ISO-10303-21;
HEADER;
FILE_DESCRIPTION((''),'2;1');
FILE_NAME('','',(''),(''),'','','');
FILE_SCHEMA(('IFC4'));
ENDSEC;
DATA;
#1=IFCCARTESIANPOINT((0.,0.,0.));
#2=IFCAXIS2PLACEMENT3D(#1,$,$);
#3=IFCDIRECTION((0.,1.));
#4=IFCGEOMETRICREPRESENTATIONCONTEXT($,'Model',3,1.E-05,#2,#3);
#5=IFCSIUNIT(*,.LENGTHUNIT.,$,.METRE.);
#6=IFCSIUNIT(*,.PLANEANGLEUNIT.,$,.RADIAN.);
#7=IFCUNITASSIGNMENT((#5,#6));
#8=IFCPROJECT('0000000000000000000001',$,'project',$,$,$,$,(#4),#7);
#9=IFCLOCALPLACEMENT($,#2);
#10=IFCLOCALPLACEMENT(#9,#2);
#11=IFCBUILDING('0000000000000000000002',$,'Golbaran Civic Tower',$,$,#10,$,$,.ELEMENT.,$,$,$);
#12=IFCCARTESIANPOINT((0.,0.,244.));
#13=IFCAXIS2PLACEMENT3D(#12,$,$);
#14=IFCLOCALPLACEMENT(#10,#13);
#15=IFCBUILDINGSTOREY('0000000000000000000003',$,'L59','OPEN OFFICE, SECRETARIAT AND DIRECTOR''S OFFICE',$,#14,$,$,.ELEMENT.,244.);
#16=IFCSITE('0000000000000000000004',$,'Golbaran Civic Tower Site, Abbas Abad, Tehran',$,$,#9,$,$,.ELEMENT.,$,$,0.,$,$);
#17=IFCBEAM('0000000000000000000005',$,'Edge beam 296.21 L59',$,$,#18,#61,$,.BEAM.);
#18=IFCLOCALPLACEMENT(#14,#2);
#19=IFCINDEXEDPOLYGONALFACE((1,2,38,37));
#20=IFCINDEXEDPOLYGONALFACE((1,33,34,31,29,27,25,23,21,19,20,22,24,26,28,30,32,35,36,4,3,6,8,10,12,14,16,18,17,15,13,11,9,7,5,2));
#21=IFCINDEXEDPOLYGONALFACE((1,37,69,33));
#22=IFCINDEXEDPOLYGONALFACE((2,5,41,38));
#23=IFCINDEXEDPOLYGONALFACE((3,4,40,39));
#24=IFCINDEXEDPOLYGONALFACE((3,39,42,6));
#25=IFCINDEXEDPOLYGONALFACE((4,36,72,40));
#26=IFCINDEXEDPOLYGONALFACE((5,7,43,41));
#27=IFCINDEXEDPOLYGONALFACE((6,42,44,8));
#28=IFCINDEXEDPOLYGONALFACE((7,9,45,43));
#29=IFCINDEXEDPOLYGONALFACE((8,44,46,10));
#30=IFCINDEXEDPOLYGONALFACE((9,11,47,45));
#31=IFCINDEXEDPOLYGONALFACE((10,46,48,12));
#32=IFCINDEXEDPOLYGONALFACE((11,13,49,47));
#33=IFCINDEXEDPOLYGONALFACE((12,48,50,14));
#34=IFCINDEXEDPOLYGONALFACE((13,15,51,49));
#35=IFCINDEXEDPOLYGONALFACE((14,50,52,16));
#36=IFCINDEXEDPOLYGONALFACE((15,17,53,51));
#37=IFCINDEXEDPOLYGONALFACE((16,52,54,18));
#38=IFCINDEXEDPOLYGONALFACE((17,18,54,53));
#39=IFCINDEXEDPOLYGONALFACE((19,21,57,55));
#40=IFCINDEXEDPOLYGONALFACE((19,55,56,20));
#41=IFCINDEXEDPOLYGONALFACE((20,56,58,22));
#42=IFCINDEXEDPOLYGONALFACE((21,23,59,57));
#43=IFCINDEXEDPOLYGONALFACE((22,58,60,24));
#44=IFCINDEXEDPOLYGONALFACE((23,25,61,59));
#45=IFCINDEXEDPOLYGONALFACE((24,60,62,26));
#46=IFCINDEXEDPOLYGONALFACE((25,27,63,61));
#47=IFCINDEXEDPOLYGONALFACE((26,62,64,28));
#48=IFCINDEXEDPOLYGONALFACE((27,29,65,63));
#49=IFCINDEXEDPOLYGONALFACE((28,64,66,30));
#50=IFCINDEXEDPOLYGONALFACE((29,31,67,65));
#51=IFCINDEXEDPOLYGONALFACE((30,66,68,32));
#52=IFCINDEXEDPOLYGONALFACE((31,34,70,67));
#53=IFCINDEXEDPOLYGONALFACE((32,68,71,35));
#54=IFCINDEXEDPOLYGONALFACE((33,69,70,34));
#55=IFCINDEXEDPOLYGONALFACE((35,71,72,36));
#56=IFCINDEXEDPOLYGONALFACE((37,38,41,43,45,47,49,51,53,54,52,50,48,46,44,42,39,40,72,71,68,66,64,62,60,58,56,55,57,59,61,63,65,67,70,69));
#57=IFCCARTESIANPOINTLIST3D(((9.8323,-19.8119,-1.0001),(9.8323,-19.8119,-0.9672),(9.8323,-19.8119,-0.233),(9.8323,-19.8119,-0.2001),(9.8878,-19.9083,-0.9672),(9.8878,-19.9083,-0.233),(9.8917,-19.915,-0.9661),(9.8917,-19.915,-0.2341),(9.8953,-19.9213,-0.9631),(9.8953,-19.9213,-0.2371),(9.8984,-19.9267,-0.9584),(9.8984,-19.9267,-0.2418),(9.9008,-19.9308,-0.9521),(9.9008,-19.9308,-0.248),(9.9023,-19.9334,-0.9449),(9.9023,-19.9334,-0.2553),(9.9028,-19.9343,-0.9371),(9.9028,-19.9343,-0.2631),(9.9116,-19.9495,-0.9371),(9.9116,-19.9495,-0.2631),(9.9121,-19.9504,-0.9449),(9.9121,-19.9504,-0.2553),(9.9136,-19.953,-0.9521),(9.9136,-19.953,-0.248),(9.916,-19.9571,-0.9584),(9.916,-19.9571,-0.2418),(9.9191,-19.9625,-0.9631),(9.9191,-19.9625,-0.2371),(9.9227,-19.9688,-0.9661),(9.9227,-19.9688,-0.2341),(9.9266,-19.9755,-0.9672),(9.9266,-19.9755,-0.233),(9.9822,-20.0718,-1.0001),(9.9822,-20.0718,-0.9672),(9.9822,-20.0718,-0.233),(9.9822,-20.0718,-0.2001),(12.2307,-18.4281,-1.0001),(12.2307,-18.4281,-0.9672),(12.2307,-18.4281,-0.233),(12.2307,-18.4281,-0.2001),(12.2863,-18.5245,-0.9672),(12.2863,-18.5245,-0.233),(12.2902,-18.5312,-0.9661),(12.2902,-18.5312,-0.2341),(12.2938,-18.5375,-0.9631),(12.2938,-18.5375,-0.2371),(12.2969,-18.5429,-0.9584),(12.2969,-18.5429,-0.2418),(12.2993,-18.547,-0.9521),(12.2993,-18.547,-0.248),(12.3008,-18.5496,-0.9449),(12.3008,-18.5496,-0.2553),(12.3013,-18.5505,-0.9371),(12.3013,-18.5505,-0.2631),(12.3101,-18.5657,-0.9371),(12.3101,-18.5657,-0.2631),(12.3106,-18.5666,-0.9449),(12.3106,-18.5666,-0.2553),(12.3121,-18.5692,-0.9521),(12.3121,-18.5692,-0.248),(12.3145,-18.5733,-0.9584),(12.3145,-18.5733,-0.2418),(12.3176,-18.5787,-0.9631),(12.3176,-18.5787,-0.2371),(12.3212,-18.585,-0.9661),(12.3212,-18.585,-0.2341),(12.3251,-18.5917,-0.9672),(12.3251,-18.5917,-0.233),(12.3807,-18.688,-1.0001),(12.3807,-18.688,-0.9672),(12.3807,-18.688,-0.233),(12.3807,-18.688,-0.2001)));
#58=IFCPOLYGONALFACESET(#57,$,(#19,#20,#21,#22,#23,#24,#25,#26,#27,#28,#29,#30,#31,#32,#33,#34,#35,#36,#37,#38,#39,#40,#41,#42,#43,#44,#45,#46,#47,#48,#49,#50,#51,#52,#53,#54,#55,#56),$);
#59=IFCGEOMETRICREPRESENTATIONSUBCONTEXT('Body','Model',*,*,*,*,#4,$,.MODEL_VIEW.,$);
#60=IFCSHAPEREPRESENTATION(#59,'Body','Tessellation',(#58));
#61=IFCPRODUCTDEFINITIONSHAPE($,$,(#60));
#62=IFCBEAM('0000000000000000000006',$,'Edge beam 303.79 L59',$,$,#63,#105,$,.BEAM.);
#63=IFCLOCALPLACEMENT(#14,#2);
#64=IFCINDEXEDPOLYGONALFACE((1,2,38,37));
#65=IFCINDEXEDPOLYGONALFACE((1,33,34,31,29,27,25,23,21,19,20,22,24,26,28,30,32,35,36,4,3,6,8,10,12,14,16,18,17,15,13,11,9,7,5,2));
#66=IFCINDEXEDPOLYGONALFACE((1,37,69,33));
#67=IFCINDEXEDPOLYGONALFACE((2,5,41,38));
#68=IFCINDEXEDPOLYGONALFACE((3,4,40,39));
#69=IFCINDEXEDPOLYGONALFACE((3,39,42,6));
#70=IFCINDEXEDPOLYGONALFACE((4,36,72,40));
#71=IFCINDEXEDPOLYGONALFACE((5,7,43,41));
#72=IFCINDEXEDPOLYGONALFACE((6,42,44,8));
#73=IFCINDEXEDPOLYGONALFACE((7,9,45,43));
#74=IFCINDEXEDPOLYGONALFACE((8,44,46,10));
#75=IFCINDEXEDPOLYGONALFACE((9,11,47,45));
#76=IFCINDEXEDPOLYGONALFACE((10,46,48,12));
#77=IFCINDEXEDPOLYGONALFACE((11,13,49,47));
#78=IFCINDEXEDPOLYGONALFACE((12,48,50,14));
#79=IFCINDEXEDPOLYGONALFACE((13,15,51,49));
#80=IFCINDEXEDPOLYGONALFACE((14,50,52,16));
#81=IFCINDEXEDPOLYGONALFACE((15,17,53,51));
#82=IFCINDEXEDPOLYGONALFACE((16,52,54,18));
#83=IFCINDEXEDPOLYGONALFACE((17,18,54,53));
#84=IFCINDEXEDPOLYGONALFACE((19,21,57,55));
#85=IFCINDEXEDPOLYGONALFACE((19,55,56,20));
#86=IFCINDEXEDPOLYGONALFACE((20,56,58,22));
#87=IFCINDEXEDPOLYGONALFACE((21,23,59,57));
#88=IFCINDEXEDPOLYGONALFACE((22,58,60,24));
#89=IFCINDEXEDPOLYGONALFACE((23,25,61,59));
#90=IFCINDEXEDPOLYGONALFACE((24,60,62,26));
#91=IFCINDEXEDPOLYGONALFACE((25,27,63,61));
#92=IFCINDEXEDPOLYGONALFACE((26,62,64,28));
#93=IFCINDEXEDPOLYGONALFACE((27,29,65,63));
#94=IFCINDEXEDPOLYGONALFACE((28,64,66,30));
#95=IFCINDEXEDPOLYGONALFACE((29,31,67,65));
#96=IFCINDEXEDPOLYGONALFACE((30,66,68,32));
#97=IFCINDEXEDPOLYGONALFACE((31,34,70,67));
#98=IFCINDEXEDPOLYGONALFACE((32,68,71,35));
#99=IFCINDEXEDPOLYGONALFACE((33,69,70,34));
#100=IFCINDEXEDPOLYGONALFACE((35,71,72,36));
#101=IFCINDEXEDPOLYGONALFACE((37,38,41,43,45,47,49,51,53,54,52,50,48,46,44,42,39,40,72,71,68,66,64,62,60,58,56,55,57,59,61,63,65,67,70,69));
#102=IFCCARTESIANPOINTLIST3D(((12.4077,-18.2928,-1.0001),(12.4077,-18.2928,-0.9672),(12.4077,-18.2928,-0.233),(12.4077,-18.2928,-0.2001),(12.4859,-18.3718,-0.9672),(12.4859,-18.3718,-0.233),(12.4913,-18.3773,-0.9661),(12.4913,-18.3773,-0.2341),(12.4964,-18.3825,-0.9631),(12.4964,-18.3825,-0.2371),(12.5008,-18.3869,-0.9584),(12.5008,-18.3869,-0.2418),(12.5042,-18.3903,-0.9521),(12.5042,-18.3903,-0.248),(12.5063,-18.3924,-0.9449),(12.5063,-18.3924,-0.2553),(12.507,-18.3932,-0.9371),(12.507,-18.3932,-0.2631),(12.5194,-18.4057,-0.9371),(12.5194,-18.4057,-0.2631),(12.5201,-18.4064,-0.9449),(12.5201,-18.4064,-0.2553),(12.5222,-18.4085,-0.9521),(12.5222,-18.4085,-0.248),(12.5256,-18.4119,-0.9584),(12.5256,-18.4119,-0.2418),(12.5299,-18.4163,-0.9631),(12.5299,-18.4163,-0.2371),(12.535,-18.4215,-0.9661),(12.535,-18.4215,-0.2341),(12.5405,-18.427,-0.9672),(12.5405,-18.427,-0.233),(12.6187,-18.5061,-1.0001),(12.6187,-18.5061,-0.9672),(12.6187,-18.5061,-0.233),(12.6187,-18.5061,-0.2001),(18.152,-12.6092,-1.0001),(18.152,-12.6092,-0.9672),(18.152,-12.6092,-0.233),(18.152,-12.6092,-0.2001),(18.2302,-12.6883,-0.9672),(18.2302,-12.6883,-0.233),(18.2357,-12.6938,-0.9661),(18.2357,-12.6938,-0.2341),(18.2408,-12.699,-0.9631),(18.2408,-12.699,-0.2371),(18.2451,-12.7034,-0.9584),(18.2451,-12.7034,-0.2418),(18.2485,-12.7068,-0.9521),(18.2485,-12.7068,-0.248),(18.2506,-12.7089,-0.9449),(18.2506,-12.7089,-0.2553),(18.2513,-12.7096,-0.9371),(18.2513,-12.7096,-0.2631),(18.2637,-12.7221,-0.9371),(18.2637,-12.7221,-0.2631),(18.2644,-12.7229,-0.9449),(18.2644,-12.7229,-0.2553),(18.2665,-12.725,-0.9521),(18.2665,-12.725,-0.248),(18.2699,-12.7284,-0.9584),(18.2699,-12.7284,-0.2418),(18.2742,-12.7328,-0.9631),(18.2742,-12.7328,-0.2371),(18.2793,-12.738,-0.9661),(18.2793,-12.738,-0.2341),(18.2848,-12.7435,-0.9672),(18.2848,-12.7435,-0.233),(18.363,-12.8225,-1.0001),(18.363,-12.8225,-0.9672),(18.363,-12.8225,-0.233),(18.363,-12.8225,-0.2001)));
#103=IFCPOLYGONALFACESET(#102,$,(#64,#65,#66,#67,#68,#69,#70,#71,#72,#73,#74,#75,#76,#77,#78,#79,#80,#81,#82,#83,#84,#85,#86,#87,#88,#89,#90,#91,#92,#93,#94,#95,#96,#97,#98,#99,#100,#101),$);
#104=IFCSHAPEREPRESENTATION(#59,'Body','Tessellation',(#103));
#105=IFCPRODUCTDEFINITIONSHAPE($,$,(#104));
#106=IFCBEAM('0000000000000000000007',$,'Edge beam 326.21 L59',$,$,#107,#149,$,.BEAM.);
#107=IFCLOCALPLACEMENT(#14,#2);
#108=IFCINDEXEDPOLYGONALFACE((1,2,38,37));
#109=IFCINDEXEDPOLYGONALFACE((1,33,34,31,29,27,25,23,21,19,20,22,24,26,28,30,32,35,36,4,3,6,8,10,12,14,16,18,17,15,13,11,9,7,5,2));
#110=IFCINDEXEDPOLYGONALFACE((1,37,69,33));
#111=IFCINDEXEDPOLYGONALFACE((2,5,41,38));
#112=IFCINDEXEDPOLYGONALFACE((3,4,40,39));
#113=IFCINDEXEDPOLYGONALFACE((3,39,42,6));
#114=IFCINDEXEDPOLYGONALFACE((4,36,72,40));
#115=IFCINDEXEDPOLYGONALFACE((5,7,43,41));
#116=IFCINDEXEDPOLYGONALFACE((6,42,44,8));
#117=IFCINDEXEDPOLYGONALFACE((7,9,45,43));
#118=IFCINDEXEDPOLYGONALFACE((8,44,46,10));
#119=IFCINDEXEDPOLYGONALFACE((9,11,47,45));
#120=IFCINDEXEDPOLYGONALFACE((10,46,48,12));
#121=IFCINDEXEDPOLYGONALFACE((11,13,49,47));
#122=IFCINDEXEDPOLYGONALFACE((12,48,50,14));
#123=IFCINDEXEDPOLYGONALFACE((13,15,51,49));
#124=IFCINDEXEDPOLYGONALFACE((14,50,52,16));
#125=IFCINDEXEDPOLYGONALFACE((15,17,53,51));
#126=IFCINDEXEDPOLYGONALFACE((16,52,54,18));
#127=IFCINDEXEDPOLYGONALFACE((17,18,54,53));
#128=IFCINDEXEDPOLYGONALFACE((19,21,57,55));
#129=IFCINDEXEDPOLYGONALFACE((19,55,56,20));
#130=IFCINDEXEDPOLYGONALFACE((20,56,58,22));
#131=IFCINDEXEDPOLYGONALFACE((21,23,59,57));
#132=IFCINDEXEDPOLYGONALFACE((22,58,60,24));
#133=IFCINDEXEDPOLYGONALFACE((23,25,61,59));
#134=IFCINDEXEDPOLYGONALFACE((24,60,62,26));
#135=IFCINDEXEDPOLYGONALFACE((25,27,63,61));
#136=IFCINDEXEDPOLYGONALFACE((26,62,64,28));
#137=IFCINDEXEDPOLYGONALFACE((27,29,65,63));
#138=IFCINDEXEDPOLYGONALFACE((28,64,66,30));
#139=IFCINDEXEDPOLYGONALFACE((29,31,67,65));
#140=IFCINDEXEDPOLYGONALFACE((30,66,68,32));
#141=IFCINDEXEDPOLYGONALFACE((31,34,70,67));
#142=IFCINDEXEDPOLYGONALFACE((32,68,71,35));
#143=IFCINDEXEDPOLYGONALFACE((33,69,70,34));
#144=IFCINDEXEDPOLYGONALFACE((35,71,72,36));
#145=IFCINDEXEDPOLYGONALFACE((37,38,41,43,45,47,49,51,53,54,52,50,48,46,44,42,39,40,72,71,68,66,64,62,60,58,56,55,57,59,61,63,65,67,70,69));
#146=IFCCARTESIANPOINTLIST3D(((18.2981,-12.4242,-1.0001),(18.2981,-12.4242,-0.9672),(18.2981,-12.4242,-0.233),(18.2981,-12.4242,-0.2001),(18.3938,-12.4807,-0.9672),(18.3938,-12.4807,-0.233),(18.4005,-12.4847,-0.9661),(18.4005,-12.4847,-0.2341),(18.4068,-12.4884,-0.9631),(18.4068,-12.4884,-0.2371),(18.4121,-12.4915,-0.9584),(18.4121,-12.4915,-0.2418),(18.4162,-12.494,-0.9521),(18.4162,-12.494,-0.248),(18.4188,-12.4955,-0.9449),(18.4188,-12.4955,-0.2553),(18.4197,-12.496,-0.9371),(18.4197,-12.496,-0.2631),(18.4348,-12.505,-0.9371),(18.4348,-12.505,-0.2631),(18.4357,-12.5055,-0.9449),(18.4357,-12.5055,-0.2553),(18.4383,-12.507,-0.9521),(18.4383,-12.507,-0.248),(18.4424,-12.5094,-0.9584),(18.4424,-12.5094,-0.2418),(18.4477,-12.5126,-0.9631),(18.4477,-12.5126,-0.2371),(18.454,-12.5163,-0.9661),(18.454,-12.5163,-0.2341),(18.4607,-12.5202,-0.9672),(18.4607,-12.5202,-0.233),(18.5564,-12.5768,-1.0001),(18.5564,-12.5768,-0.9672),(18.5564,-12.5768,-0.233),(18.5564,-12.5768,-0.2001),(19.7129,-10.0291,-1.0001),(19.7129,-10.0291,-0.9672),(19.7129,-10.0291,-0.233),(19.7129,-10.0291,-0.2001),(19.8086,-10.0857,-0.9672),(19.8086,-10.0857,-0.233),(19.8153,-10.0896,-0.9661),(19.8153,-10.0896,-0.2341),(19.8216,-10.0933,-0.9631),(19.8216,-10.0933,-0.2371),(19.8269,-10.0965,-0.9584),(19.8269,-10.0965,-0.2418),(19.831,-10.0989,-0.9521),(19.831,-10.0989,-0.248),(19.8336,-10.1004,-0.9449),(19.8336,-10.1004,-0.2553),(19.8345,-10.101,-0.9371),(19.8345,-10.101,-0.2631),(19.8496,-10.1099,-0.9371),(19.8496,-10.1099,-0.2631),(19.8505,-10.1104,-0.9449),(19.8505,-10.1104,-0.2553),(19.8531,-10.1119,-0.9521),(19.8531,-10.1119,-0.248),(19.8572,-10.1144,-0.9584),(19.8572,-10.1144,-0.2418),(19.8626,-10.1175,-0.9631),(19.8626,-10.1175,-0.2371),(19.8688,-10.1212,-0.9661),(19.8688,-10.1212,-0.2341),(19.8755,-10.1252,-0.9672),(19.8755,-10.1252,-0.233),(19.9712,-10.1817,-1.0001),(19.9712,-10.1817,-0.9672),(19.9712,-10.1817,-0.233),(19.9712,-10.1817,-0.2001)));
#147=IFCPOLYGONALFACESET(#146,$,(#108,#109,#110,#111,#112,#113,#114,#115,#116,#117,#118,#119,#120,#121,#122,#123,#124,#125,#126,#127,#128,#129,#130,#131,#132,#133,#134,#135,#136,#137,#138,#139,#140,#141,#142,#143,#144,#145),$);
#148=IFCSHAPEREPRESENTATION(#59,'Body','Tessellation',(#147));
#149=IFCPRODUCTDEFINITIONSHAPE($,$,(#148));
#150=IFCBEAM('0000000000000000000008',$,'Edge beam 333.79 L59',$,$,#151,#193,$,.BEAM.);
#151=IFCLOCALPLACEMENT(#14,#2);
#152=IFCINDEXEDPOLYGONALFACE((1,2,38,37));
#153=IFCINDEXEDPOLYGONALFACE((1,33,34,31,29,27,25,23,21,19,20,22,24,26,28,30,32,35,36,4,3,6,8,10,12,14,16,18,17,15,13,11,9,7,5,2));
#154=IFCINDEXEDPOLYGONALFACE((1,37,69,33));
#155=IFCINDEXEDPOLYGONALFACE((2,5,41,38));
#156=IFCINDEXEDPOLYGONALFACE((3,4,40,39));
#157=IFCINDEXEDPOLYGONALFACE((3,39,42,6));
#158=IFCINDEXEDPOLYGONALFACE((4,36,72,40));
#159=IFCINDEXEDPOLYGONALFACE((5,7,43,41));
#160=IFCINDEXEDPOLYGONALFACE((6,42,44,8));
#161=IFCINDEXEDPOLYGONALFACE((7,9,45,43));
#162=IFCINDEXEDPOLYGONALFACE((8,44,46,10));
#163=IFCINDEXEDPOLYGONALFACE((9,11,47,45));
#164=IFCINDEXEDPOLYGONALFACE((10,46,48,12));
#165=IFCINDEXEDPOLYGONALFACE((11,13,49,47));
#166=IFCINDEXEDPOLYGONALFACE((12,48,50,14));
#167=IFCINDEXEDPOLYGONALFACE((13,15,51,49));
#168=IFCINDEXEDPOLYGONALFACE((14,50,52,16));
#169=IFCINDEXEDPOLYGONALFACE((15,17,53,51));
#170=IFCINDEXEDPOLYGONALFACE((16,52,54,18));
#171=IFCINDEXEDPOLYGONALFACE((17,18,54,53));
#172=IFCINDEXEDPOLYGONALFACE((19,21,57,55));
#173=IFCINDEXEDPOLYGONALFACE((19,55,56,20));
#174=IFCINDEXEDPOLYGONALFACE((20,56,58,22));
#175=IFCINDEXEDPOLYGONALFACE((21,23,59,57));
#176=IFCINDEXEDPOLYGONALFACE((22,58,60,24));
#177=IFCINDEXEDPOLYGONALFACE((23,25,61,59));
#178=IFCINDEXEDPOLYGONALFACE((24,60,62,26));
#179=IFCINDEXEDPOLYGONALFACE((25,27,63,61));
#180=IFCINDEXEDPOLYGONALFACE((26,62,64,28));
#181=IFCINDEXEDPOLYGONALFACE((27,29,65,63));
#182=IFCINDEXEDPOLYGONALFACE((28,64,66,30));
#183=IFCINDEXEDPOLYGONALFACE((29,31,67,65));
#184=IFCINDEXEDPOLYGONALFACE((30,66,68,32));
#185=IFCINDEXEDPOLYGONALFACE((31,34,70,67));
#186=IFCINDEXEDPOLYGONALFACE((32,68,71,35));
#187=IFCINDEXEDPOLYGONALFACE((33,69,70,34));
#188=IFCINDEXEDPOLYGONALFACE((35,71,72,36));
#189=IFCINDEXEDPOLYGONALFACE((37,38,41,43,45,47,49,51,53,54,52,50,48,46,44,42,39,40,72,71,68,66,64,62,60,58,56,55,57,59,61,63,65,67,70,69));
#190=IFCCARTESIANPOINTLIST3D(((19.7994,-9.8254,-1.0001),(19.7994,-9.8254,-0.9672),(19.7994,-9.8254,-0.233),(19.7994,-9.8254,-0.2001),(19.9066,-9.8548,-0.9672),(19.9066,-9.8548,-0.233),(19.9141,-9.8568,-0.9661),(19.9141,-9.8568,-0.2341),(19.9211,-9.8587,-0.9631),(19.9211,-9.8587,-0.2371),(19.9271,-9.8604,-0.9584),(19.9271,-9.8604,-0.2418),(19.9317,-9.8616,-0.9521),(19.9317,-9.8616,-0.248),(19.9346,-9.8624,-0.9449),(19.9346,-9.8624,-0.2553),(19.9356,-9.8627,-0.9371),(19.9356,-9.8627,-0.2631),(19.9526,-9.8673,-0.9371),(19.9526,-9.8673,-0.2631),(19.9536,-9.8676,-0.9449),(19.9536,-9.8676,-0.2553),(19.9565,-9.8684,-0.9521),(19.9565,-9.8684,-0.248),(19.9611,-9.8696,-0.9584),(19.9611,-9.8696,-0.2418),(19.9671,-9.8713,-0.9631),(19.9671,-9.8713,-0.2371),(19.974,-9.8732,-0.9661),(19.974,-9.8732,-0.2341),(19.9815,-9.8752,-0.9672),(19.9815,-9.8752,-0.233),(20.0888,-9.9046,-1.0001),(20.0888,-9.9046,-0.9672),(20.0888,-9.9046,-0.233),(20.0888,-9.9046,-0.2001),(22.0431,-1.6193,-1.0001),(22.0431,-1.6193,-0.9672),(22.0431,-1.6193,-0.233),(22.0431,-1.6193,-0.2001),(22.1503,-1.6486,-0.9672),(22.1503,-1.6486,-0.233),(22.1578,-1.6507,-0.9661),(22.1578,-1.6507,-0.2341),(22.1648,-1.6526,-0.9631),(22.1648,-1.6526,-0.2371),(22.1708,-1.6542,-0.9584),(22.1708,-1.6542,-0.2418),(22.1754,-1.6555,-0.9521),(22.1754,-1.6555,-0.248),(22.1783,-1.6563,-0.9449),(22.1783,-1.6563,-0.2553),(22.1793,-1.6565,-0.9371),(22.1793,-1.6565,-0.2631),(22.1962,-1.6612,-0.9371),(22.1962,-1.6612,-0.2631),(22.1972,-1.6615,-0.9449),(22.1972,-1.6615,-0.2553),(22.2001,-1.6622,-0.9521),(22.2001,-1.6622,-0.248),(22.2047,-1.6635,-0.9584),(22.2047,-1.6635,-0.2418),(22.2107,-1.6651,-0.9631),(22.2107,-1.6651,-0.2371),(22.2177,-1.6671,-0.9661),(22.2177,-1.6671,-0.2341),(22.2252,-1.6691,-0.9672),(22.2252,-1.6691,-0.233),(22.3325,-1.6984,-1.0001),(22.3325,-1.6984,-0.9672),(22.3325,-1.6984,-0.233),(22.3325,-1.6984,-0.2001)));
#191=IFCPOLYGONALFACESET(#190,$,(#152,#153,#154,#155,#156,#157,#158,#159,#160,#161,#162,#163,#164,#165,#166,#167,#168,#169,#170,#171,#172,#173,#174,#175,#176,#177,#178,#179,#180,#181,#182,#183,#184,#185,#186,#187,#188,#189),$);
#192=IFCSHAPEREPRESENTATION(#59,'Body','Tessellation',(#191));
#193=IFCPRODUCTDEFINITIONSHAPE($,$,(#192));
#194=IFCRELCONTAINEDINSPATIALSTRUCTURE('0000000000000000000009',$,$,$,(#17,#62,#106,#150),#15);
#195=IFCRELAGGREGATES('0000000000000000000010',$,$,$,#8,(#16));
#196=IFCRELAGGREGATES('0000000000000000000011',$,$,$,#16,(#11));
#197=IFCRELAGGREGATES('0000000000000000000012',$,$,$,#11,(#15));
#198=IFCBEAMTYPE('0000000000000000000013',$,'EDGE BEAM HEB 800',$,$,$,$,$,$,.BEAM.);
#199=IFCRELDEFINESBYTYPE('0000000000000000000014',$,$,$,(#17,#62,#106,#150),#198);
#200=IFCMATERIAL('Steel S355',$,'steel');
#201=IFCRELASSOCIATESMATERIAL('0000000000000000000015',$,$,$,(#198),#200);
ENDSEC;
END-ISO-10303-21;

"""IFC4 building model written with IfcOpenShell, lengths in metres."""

from ifc_helpers import new_model, si_unit, direction, frame, origin, origin_2d, place, context, subcontext, project, spatial, i_section, extrude, material, material_profile, profile_set, type_object, element, save


model = new_model("IFC4")

# Units and contexts
model_context = context("Model", 3, precision=1e-05, world=origin(), true_north=direction((0.0, 1.0)))
body_context = subcontext(model_context, "Body", "Model", "MODEL_VIEW")
ifc_project = project(units=[si_unit("LENGTHUNIT", "METRE"), si_unit("PLANEANGLEUNIT", "RADIAN")], contexts=[model_context])

# Site, building, storey
site_placement = place(None, origin())
site = spatial("IfcSite", under=ifc_project, at=site_placement, Name="Golbaran Civic Tower Site, Abbas Abad, Tehran", CompositionType="ELEMENT", RefElevation=0.0)
building_placement = place(site_placement, origin())
building = spatial("IfcBuilding", under=site, at=building_placement, Name="Golbaran Civic Tower", CompositionType="ELEMENT")
storey_placement = place(building_placement, frame((0.0, 0.0, 244.0)))
storey = spatial("IfcBuildingStorey", under=building, at=storey_placement, Name="L59", Description="OPEN OFFICE, SECRETARIAT AND DIRECTOR'S OFFICE", CompositionType="ELEMENT", Elevation=244.0)

# Beams
ifc_material_1 = material(Name="Steel S355", Category="steel")
ifc_material_profile_1 = material_profile(ifc_material_1, i_section(OverallWidth=0.3, OverallDepth=0.8, WebThickness=0.0176, FlangeThickness=0.033, FilletRadius=0.03, at=origin_2d()), Name="HEB 800")
ifc_profile_set_1 = profile_set([ifc_material_profile_1], Name="Steel S355")
beam_type_1 = type_object("IfcBeamType", Name="EDGE BEAM HEB 800", PredefinedType="BEAM", material=ifc_profile_set_1)
beam_1_placement = place(storey_placement, frame((9.9072, -19.9419, -0.6001), z_axis=(0.866174, 0.499743, 0.0), x_axis=(-0.499743, 0.866174, 0.0)))
element("IfcBeam", 1, at=beam_1_placement, inside=storey, type_object=beam_type_1, Name="Edge beam 296.21 L59", PredefinedType="BEAM", context=body_context, shape_type="SweptSolid", body=[
    extrude(i_section(OverallWidth=0.3, OverallDepth=0.8, WebThickness=0.0176, FlangeThickness=0.033, FilletRadius=0.03, at=origin_2d()), origin(), (0.0, 0.0, 1.0), 2.769),
])
beam_2_placement = place(storey_placement, frame((12.5132, -18.3994, -0.6001), z_axis=(0.710858, 0.703335, 0.0), x_axis=(-0.703335, 0.710858, 0.0)))
element("IfcBeam", 2, at=beam_2_placement, inside=storey, type_object=beam_type_1, Name="Edge beam 303.79 L59", PredefinedType="BEAM", context=body_context, shape_type="SweptSolid", body=[
    extrude(i_section(OverallWidth=0.3, OverallDepth=0.8, WebThickness=0.0176, FlangeThickness=0.033, FilletRadius=0.03, at=origin_2d()), origin(), (0.0, 0.0, 1.0), 8.0808),
])
beam_3_placement = place(storey_placement, frame((18.4272, -12.5005, -0.6001), z_axis=(0.508611, 0.860996, 0.0), x_axis=(-0.860996, 0.508611, 0.0)))
element("IfcBeam", 3, at=beam_3_placement, inside=storey, type_object=beam_type_1, Name="Edge beam 326.21 L59", PredefinedType="BEAM", context=body_context, shape_type="SweptSolid", body=[
    extrude(i_section(OverallWidth=0.3, OverallDepth=0.8, WebThickness=0.0176, FlangeThickness=0.033, FilletRadius=0.03, at=origin_2d()), origin(), (0.0, 0.0, 1.0), 2.7817),
])
beam_4_placement = place(storey_placement, frame((19.9441, -9.865, -0.6001), z_axis=(0.263734, 0.964595, 0.0), x_axis=(-0.964595, 0.263734, 0.0)))
element("IfcBeam", 4, at=beam_4_placement, inside=storey, type_object=beam_type_1, Name="Edge beam 333.79 L59", PredefinedType="BEAM", context=body_context, shape_type="SweptSolid", body=[
    extrude(i_section(OverallWidth=0.3, OverallDepth=0.8, WebThickness=0.0176, FlangeThickness=0.033, FilletRadius=0.03, at=origin_2d()), origin(), (0.0, 0.0, 1.0), 8.5073),
])

save(model, "model.ifc")
